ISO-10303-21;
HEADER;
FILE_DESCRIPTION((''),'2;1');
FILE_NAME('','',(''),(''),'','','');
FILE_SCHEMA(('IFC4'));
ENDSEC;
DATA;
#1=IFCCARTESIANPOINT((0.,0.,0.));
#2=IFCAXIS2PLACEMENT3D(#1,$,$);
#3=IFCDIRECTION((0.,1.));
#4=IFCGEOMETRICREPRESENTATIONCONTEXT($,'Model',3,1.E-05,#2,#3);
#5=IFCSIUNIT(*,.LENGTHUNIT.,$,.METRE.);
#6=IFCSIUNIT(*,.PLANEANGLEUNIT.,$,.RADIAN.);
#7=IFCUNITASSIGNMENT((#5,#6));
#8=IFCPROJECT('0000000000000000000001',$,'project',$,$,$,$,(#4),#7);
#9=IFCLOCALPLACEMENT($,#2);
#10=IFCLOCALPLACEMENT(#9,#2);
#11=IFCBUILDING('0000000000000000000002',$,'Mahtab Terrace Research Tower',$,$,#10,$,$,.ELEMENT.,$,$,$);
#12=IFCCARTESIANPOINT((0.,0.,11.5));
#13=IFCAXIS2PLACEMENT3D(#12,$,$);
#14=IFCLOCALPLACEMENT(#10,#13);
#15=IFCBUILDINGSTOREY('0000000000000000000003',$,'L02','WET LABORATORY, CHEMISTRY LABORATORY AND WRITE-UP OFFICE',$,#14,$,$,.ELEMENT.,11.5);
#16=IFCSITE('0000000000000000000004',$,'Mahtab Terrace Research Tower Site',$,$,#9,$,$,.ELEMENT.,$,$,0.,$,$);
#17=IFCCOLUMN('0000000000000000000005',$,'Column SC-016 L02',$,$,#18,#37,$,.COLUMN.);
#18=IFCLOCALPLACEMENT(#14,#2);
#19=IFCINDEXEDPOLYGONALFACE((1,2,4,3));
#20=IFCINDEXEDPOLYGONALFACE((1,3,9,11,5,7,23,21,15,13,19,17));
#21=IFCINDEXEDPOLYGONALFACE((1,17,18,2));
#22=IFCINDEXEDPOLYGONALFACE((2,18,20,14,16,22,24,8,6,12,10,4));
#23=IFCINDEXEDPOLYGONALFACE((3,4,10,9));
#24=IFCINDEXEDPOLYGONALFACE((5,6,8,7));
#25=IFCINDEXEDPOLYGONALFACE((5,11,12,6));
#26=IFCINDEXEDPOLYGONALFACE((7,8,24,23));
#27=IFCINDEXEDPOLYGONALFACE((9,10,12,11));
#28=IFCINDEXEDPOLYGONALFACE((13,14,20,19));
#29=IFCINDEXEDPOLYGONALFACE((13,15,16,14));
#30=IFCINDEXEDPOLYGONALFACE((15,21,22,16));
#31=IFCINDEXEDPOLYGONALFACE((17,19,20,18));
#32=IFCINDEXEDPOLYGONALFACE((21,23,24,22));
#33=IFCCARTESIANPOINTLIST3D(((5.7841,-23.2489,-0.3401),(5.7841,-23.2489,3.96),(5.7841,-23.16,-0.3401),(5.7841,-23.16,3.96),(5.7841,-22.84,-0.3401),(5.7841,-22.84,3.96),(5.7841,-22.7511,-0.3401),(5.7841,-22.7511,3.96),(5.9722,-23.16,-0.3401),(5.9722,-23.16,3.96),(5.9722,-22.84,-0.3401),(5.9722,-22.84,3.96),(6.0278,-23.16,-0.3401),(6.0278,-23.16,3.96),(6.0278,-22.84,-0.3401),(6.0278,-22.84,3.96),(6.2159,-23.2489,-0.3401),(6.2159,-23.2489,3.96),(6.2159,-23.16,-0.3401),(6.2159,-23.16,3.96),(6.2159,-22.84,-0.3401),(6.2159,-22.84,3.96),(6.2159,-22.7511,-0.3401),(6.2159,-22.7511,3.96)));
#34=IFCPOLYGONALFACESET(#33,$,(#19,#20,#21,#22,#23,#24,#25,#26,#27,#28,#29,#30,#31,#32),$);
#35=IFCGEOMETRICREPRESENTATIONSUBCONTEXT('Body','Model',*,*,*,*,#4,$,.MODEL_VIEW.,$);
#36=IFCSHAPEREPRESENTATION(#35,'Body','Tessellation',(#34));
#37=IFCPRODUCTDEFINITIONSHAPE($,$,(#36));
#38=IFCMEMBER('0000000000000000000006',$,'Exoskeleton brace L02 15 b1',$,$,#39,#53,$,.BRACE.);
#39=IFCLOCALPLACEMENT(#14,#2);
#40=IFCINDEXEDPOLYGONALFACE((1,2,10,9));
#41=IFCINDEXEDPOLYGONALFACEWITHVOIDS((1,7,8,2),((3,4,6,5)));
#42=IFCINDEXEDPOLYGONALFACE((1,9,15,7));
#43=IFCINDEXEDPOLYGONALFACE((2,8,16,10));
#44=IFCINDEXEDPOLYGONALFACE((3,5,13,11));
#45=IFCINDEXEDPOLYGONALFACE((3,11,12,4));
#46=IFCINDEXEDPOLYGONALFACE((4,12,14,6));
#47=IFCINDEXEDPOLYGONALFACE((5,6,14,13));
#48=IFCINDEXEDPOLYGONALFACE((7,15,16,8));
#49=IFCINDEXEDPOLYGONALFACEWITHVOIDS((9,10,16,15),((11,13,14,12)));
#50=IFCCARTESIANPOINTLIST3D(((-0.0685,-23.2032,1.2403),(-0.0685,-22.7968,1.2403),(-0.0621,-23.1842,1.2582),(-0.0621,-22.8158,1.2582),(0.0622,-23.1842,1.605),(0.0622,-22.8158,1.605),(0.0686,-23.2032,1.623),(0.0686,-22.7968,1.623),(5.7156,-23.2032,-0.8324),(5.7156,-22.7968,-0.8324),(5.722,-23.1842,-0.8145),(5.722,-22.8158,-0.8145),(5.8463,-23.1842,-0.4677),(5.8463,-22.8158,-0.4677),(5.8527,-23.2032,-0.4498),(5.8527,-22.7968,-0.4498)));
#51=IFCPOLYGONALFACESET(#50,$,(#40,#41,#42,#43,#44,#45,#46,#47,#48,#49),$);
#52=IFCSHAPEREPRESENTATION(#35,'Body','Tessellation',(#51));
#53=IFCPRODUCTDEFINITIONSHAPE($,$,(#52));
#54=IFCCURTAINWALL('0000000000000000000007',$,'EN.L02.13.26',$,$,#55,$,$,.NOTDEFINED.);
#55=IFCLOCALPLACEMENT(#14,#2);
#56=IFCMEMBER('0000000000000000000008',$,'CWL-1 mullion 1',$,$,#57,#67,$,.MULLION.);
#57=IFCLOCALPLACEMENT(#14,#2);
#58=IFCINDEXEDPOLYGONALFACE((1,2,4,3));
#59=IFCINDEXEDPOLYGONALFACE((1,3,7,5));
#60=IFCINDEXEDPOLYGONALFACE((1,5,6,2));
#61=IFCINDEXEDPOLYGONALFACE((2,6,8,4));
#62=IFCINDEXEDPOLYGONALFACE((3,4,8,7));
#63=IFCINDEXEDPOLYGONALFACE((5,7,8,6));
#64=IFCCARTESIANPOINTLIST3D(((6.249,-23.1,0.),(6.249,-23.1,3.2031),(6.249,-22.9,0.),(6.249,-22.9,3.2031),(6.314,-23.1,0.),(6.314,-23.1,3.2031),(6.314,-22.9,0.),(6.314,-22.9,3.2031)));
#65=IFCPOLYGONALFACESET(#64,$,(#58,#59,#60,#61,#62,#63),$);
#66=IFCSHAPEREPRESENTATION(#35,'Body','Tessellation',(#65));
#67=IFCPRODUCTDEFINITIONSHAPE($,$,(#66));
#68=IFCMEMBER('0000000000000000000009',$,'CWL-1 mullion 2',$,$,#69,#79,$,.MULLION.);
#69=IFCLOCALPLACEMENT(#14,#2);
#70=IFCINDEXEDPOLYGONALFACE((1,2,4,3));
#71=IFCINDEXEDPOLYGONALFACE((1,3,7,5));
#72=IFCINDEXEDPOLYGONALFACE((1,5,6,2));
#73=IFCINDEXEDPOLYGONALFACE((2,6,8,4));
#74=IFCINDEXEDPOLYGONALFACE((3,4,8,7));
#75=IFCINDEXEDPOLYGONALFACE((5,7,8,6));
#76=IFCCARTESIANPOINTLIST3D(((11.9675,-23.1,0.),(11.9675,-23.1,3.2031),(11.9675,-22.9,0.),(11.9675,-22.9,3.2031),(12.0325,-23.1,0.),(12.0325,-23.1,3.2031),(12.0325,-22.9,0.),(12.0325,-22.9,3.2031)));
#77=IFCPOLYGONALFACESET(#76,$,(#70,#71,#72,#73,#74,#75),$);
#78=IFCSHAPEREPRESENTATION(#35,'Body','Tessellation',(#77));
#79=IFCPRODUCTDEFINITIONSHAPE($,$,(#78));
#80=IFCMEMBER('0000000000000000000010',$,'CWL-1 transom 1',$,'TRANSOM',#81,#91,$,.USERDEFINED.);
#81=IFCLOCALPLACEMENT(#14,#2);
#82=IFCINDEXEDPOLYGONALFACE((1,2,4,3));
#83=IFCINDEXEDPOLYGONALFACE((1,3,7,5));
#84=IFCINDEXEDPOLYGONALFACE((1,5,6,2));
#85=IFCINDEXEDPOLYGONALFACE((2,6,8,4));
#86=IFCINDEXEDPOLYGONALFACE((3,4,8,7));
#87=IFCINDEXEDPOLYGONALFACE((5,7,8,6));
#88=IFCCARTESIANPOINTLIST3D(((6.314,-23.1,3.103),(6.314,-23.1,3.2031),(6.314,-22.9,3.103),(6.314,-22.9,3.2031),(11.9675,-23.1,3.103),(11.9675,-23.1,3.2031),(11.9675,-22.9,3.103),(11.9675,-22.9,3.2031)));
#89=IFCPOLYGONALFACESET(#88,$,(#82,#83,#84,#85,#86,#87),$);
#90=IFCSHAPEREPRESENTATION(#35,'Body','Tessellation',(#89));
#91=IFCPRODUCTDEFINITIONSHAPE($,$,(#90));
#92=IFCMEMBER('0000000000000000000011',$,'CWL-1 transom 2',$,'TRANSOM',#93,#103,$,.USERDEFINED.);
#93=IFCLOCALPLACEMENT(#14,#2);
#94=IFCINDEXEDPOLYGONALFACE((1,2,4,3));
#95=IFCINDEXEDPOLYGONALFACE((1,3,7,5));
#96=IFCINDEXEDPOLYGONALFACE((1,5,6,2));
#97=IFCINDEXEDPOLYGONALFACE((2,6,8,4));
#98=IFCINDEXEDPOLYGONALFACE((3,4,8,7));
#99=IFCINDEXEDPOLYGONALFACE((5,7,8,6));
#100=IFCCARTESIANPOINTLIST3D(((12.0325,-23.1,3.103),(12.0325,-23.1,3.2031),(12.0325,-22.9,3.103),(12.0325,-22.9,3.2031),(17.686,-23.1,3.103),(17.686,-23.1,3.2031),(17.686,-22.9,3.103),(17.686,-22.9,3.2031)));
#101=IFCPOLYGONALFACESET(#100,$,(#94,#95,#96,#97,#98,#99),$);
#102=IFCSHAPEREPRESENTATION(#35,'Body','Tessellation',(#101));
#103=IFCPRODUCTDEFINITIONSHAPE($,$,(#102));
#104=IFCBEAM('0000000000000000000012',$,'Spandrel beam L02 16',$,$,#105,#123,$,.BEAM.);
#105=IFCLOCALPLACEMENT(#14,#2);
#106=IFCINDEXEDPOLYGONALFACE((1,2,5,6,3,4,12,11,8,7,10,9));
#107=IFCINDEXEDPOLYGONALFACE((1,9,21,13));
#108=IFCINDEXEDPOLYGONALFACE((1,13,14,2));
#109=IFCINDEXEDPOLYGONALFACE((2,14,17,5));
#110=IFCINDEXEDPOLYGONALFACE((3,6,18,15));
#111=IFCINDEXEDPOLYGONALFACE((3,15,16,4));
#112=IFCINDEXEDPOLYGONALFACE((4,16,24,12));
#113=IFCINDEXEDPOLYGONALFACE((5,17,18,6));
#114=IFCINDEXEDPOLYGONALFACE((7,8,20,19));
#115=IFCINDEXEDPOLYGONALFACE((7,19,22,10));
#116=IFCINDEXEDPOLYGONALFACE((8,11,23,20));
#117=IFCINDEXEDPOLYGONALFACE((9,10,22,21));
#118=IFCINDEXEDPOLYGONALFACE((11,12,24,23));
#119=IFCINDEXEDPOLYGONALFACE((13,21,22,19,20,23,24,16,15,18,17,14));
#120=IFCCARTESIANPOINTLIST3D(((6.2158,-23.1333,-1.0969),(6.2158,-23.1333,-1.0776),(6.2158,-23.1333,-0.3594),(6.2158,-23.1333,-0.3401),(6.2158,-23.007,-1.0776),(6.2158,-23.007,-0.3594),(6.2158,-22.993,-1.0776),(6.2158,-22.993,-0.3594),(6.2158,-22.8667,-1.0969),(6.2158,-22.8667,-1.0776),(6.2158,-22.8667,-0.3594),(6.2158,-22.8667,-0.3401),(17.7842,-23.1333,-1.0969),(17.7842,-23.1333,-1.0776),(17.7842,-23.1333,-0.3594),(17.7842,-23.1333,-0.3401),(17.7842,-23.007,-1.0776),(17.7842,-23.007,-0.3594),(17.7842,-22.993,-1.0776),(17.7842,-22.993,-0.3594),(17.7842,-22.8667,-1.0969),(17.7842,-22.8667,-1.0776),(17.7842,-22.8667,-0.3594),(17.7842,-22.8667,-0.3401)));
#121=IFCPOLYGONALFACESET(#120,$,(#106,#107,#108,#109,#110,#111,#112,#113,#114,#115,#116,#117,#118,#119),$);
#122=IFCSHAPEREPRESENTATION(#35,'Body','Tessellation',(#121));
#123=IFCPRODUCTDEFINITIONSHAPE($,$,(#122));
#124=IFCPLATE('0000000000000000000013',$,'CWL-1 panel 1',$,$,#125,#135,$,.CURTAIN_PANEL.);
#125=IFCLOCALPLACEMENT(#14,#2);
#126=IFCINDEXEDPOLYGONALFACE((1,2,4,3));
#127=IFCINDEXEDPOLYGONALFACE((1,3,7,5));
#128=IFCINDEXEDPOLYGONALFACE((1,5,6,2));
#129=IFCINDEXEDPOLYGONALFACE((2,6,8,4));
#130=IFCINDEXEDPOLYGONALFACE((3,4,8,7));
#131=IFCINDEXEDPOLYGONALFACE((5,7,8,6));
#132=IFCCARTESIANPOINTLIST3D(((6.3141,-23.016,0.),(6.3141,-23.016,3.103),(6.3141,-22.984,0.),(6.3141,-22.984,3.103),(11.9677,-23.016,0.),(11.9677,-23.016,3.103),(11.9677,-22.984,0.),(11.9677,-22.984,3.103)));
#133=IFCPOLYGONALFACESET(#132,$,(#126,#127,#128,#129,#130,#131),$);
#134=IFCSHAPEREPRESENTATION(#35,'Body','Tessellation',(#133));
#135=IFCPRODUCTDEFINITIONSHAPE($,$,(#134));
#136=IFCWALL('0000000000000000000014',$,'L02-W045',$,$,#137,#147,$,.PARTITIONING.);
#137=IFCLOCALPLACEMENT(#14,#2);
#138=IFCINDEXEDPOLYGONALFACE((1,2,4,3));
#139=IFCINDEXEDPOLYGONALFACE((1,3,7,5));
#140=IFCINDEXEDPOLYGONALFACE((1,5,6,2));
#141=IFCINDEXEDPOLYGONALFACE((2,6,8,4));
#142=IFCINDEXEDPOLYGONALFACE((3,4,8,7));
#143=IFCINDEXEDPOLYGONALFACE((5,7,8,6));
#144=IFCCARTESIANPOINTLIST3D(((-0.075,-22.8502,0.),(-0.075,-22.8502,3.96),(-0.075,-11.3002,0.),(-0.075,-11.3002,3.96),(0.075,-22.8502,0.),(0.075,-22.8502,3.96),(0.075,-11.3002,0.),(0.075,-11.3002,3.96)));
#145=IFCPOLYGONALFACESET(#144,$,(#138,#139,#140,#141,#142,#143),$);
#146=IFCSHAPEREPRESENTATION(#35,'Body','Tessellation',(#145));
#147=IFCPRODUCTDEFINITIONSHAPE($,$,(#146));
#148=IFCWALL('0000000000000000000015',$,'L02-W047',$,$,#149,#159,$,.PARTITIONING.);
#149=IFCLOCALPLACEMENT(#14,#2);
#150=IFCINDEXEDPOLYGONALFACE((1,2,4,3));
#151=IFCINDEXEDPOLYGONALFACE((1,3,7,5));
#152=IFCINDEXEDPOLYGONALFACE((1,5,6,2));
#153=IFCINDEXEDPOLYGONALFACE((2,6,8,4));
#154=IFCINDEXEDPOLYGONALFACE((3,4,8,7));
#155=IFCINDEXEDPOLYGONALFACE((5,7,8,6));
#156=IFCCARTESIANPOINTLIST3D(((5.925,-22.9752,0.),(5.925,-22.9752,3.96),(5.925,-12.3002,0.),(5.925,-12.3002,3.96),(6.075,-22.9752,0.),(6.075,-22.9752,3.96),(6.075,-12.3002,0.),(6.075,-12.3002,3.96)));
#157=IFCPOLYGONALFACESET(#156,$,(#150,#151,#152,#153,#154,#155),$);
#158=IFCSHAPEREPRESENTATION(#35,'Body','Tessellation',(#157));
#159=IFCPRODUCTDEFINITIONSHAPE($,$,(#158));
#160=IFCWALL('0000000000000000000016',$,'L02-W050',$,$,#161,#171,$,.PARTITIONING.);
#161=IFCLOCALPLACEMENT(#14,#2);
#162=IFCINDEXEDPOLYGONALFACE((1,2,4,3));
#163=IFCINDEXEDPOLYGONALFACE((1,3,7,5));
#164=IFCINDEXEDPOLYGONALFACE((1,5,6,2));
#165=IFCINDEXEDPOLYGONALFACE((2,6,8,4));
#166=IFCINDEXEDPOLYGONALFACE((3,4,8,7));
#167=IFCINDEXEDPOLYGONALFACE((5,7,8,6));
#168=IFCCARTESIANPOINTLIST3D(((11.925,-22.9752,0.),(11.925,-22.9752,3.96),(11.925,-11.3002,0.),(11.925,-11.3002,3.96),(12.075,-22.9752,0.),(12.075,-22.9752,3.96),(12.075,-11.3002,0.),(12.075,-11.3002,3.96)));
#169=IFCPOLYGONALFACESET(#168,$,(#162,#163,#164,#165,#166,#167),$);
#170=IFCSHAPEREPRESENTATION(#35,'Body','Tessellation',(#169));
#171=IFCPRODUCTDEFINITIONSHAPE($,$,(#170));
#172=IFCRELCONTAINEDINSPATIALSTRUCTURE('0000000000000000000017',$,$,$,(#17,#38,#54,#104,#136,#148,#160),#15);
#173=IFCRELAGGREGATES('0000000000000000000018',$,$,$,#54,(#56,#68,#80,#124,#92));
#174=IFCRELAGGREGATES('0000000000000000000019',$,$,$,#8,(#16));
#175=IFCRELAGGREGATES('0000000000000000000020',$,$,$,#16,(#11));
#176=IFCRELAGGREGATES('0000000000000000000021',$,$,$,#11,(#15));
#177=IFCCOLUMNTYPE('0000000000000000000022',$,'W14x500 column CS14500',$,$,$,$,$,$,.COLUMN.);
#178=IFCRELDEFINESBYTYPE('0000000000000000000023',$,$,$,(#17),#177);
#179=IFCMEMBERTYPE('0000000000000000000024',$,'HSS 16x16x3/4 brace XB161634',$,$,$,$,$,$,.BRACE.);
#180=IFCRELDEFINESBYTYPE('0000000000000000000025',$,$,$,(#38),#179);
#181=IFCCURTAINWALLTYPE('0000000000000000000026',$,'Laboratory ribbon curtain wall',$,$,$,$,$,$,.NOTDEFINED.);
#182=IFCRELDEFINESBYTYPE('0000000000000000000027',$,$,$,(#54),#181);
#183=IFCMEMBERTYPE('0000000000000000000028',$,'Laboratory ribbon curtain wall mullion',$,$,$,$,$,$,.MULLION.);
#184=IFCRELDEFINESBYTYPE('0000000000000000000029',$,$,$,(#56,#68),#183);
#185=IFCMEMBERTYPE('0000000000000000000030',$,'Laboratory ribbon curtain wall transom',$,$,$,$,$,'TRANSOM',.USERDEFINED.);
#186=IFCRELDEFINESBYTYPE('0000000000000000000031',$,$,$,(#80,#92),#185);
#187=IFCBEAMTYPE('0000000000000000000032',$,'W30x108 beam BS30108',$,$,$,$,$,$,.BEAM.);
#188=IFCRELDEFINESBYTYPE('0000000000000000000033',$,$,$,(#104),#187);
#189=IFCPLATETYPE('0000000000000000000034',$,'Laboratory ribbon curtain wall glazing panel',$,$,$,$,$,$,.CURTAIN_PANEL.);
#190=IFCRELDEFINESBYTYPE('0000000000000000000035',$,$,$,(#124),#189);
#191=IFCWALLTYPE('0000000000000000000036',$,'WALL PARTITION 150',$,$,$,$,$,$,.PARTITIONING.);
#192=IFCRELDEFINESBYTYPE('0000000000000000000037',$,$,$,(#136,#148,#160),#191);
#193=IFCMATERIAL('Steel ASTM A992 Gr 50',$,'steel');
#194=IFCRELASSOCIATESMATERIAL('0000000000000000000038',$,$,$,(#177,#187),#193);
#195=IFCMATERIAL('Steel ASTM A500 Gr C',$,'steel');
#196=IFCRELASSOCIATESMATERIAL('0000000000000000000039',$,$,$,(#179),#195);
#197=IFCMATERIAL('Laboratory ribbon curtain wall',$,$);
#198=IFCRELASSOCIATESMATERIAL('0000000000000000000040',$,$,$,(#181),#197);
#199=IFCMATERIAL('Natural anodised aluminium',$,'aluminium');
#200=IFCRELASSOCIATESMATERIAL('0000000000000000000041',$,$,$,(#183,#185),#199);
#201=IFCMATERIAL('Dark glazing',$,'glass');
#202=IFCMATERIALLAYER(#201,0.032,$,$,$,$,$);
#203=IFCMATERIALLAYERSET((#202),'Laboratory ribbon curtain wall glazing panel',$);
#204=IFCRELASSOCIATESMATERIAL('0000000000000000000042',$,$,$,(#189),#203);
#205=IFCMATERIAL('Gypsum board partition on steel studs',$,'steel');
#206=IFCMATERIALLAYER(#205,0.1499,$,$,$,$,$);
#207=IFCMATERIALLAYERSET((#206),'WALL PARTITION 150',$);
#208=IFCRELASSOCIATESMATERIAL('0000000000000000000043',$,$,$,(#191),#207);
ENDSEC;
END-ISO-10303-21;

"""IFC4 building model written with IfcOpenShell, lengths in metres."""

from ifc_helpers import new_model, si_unit, direction, frame, frame_2d, origin, origin_2d, place, context, subcontext, project, spatial, rectangle, hollow_rectangle, i_section, extrude, material, layer, layer_set, material_profile, profile_set, type_object, element, aggregate, save


model = new_model("IFC4")

# Units and contexts
model_context = context("Model", 3, precision=1e-05, world=origin(), true_north=direction((0.0, 1.0)))
body_context = subcontext(model_context, "Body", "Model", "MODEL_VIEW")
ifc_project = project(units=[si_unit("LENGTHUNIT", "METRE"), si_unit("PLANEANGLEUNIT", "RADIAN")], contexts=[model_context])

# Site, building, storey
site_placement = place(None, origin())
site = spatial("IfcSite", under=ifc_project, at=site_placement, Name="Mahtab Terrace Research Tower Site", CompositionType="ELEMENT", RefElevation=0.0)
building_placement = place(site_placement, origin())
building = spatial("IfcBuilding", under=site, at=building_placement, Name="Mahtab Terrace Research Tower", CompositionType="ELEMENT")
storey_placement = place(building_placement, frame((0.0, 0.0, 11.5)))
storey = spatial("IfcBuildingStorey", under=building, at=storey_placement, Name="L02", Description="WET LABORATORY, CHEMISTRY LABORATORY AND WRITE-UP OFFICE", CompositionType="ELEMENT", Elevation=11.5)

# Column
ifc_material_1 = material(Name="Steel ASTM A992 Gr 50", Category="steel")
ifc_material_profile_1 = material_profile(ifc_material_1, i_section(OverallWidth=0.4319, OverallDepth=0.4978, WebThickness=0.0557, FlangeThickness=0.0889, at=origin_2d()), Name="W14X500")
ifc_profile_set_1 = profile_set([ifc_material_profile_1], Name="Steel ASTM A992 Gr 50")
column_type = type_object("IfcColumnType", Name="W14x500 column CS14500", PredefinedType="COLUMN", material=ifc_profile_set_1)
column_placement = place(storey_placement, frame((6.0, -23.0, -0.3401), z_axis=(0.0, 0.0, 1.0), x_axis=(1.0, 0.0, 0.0)))
element("IfcColumn", 1, at=column_placement, inside=storey, type_object=column_type, Name="Column SC-016 L02", PredefinedType="COLUMN", context=body_context, shape_type="SweptSolid", body=[
    extrude(i_section(OverallWidth=0.4319, OverallDepth=0.4978, WebThickness=0.0557, FlangeThickness=0.0889, at=origin_2d()), origin(), (0.0, 0.0, 1.0), 4.3),
])

# Member
ifc_material_2 = material(Name="Steel ASTM A500 Gr C", Category="steel")
ifc_material_profile_2 = material_profile(ifc_material_2, hollow_rectangle(XDim=0.4065, YDim=0.4065, WallThickness=0.019, at=origin_2d()), Name="HSS16X16X3/4")
ifc_profile_set_2 = profile_set([ifc_material_profile_2], Name="Steel ASTM A500 Gr C")
member_type_1 = type_object("IfcMemberType", Name="HSS 16x16x3/4 brace XB161634", PredefinedType="BRACE", material=ifc_profile_set_2)
member_1_placement = place(storey_placement, frame((5.7842, -23.0, -0.6411), z_axis=(-0.941382, 0.0, 0.337343), x_axis=(0.0, -1.0, 0.0)))
element("IfcMember", 2, at=member_1_placement, inside=storey, type_object=member_type_1, Name="Exoskeleton brace L02 15 b1", PredefinedType="BRACE", context=body_context, shape_type="SweptSolid", body=[
    extrude(hollow_rectangle(XDim=0.4065, YDim=0.4065, WallThickness=0.019, at=origin_2d()), origin(), (0.0, 0.0, 1.0), 6.1443),
])

# Curtain wall, members
ifc_material_3 = material(Name="Laboratory ribbon curtain wall")
curtain_wall_type = type_object("IfcCurtainWallType", Name="Laboratory ribbon curtain wall", PredefinedType="NOTDEFINED", material=ifc_material_3)
curtain_wall_placement = place(storey_placement, origin())
curtain_wall = element("IfcCurtainWall", 3, at=curtain_wall_placement, inside=storey, type_object=curtain_wall_type, Name="EN.L02.13.26", PredefinedType="NOTDEFINED")
ifc_material_4 = material(Name="Natural anodised aluminium", Category="aluminium")
ifc_material_profile_3 = material_profile(ifc_material_4, rectangle(XDim=0.2, YDim=0.0649, at=origin_2d()), Name="MULLION 65x200")
ifc_profile_set_3 = profile_set([ifc_material_profile_3], Name="Natural anodised aluminium")
member_type_2 = type_object("IfcMemberType", Name="Laboratory ribbon curtain wall mullion", PredefinedType="MULLION", material=ifc_profile_set_3)
member_2_placement = place(storey_placement, frame((6.2815, -23.0, 0.0), z_axis=(0.0, 0.0, 1.0), x_axis=(0.0, 1.0, 0.0)))
member_2 = element("IfcMember", 4, at=member_2_placement, type_object=member_type_2, Name="CWL-1 mullion 1", PredefinedType="MULLION", context=body_context, shape_type="SweptSolid", body=[
    extrude(rectangle(XDim=0.2, YDim=0.0649, at=origin_2d()), origin(), (0.0, 0.0, 1.0), 3.2031),
])
member_3_placement = place(storey_placement, frame((12.0, -23.0, 0.0), z_axis=(0.0, 0.0, 1.0), x_axis=(0.0, 1.0, 0.0)))
member_3 = element("IfcMember", 5, at=member_3_placement, type_object=member_type_2, Name="CWL-1 mullion 2", PredefinedType="MULLION", context=body_context, shape_type="SweptSolid", body=[
    extrude(rectangle(XDim=0.2, YDim=0.0649, at=origin_2d()), origin(), (0.0, 0.0, 1.0), 3.2031),
])
ifc_material_profile_4 = material_profile(ifc_material_4, rectangle(XDim=0.2, YDim=0.1001, at=origin_2d()), Name="TRANSOM 100x200")
ifc_profile_set_4 = profile_set([ifc_material_profile_4], Name="Natural anodised aluminium")
member_type_3 = type_object("IfcMemberType", Name="Laboratory ribbon curtain wall transom", ElementType="TRANSOM", PredefinedType="USERDEFINED", material=ifc_profile_set_4)
member_4_placement = place(storey_placement, frame((6.314, -23.0, 3.1531), z_axis=(1.0, 0.0, 0.0), x_axis=(0.0, 1.0, 0.0)))
member_4 = element("IfcMember", 6, at=member_4_placement, type_object=member_type_3, Name="CWL-1 transom 1", ObjectType="TRANSOM", PredefinedType="USERDEFINED", context=body_context, shape_type="SweptSolid", body=[
    extrude(rectangle(XDim=0.2, YDim=0.1001, at=origin_2d()), origin(), (0.0, 0.0, 1.0), 5.6536),
])
member_5_placement = place(storey_placement, frame((12.0325, -23.0, 3.1531), z_axis=(1.0, 0.0, 0.0), x_axis=(0.0, 1.0, 0.0)))
member_5 = element("IfcMember", 7, at=member_5_placement, type_object=member_type_3, Name="CWL-1 transom 2", ObjectType="TRANSOM", PredefinedType="USERDEFINED", context=body_context, shape_type="SweptSolid", body=[
    extrude(rectangle(XDim=0.2, YDim=0.1001, at=origin_2d()), origin(), (0.0, 0.0, 1.0), 5.6536),
])

# Beam
ifc_material_profile_5 = material_profile(ifc_material_1, i_section(OverallWidth=0.2666, OverallDepth=0.7568, WebThickness=0.0139, FlangeThickness=0.0193, at=origin_2d()), Name="W30X108")
ifc_profile_set_5 = profile_set([ifc_material_profile_5], Name="Steel ASTM A992 Gr 50")
beam_type = type_object("IfcBeamType", Name="W30x108 beam BS30108", PredefinedType="BEAM", material=ifc_profile_set_5)
beam_placement = place(storey_placement, frame((6.2158, -23.0, -0.7185), z_axis=(1.0, 0.0, 0.0), x_axis=(0.0, 1.0, 0.0)))
element("IfcBeam", 8, at=beam_placement, inside=storey, type_object=beam_type, Name="Spandrel beam L02 16", PredefinedType="BEAM", context=body_context, shape_type="SweptSolid", body=[
    extrude(i_section(OverallWidth=0.2666, OverallDepth=0.7568, WebThickness=0.0139, FlangeThickness=0.0193, at=origin_2d()), origin(), (0.0, 0.0, 1.0), 11.5684),
])

# Plate
ifc_material_5 = material(Name="Dark glazing", Category="glass")
ifc_layer_1 = layer(ifc_material_5, 0.032)
ifc_layer_set_1 = layer_set([ifc_layer_1], Name="Laboratory ribbon curtain wall glazing panel")
plate_type = type_object("IfcPlateType", Name="Laboratory ribbon curtain wall glazing panel", PredefinedType="CURTAIN_PANEL", material=ifc_layer_set_1)
plate_placement = place(storey_placement, frame((9.1409, -23.0, 0.0), z_axis=(0.0, 0.0, 1.0), x_axis=(1.0, 0.0, 0.0)))
plate = element("IfcPlate", 9, at=plate_placement, type_object=plate_type, Name="CWL-1 panel 1", PredefinedType="CURTAIN_PANEL", context=body_context, shape_type="SweptSolid", body=[
    extrude(rectangle(XDim=5.6536, YDim=0.032, at=origin_2d()), origin(), (0.0, 0.0, 1.0), 3.103),
])
aggregate(curtain_wall, [member_2, member_3, member_4, plate, member_5])

# Walls
ifc_material_6 = material(Name="Gypsum board partition on steel studs", Category="steel")
ifc_layer_2 = layer(ifc_material_6, 0.1499)
ifc_layer_set_2 = layer_set([ifc_layer_2], Name="WALL PARTITION 150")
wall_type = type_object("IfcWallType", Name="WALL PARTITION 150", PredefinedType="PARTITIONING", material=ifc_layer_set_2)
wall_1_placement = place(storey_placement, frame((0.0, -22.8501, 0.0), z_axis=(0.0, 0.0, 1.0), x_axis=(0.0, 1.0, 0.0)))
element("IfcWall", 10, at=wall_1_placement, inside=storey, type_object=wall_type, Name="L02-W045", PredefinedType="PARTITIONING", context=body_context, shape_type="SweptSolid", body=[
    extrude(rectangle(XDim=11.55, YDim=0.1499, at=frame_2d((5.7749, 0.0))), origin(), (0.0, 0.0, 1.0), 3.96),
])
wall_2_placement = place(storey_placement, frame((6.0, -22.9751, 0.0), z_axis=(0.0, 0.0, 1.0), x_axis=(0.0, 1.0, 0.0)))
element("IfcWall", 11, at=wall_2_placement, inside=storey, type_object=wall_type, Name="L02-W047", PredefinedType="PARTITIONING", context=body_context, shape_type="SweptSolid", body=[
    extrude(rectangle(XDim=10.675, YDim=0.1499, at=frame_2d((5.3374, 0.0))), origin(), (0.0, 0.0, 1.0), 3.96),
])
wall_3_placement = place(storey_placement, frame((12.0, -22.9751, 0.0), z_axis=(0.0, 0.0, 1.0), x_axis=(0.0, 1.0, 0.0)))
element("IfcWall", 12, at=wall_3_placement, inside=storey, type_object=wall_type, Name="L02-W050", PredefinedType="PARTITIONING", context=body_context, shape_type="SweptSolid", body=[
    extrude(rectangle(XDim=11.675, YDim=0.1499, at=frame_2d((5.8374, 0.0))), origin(), (0.0, 0.0, 1.0), 3.96),
])

save(model, "model.ifc")
